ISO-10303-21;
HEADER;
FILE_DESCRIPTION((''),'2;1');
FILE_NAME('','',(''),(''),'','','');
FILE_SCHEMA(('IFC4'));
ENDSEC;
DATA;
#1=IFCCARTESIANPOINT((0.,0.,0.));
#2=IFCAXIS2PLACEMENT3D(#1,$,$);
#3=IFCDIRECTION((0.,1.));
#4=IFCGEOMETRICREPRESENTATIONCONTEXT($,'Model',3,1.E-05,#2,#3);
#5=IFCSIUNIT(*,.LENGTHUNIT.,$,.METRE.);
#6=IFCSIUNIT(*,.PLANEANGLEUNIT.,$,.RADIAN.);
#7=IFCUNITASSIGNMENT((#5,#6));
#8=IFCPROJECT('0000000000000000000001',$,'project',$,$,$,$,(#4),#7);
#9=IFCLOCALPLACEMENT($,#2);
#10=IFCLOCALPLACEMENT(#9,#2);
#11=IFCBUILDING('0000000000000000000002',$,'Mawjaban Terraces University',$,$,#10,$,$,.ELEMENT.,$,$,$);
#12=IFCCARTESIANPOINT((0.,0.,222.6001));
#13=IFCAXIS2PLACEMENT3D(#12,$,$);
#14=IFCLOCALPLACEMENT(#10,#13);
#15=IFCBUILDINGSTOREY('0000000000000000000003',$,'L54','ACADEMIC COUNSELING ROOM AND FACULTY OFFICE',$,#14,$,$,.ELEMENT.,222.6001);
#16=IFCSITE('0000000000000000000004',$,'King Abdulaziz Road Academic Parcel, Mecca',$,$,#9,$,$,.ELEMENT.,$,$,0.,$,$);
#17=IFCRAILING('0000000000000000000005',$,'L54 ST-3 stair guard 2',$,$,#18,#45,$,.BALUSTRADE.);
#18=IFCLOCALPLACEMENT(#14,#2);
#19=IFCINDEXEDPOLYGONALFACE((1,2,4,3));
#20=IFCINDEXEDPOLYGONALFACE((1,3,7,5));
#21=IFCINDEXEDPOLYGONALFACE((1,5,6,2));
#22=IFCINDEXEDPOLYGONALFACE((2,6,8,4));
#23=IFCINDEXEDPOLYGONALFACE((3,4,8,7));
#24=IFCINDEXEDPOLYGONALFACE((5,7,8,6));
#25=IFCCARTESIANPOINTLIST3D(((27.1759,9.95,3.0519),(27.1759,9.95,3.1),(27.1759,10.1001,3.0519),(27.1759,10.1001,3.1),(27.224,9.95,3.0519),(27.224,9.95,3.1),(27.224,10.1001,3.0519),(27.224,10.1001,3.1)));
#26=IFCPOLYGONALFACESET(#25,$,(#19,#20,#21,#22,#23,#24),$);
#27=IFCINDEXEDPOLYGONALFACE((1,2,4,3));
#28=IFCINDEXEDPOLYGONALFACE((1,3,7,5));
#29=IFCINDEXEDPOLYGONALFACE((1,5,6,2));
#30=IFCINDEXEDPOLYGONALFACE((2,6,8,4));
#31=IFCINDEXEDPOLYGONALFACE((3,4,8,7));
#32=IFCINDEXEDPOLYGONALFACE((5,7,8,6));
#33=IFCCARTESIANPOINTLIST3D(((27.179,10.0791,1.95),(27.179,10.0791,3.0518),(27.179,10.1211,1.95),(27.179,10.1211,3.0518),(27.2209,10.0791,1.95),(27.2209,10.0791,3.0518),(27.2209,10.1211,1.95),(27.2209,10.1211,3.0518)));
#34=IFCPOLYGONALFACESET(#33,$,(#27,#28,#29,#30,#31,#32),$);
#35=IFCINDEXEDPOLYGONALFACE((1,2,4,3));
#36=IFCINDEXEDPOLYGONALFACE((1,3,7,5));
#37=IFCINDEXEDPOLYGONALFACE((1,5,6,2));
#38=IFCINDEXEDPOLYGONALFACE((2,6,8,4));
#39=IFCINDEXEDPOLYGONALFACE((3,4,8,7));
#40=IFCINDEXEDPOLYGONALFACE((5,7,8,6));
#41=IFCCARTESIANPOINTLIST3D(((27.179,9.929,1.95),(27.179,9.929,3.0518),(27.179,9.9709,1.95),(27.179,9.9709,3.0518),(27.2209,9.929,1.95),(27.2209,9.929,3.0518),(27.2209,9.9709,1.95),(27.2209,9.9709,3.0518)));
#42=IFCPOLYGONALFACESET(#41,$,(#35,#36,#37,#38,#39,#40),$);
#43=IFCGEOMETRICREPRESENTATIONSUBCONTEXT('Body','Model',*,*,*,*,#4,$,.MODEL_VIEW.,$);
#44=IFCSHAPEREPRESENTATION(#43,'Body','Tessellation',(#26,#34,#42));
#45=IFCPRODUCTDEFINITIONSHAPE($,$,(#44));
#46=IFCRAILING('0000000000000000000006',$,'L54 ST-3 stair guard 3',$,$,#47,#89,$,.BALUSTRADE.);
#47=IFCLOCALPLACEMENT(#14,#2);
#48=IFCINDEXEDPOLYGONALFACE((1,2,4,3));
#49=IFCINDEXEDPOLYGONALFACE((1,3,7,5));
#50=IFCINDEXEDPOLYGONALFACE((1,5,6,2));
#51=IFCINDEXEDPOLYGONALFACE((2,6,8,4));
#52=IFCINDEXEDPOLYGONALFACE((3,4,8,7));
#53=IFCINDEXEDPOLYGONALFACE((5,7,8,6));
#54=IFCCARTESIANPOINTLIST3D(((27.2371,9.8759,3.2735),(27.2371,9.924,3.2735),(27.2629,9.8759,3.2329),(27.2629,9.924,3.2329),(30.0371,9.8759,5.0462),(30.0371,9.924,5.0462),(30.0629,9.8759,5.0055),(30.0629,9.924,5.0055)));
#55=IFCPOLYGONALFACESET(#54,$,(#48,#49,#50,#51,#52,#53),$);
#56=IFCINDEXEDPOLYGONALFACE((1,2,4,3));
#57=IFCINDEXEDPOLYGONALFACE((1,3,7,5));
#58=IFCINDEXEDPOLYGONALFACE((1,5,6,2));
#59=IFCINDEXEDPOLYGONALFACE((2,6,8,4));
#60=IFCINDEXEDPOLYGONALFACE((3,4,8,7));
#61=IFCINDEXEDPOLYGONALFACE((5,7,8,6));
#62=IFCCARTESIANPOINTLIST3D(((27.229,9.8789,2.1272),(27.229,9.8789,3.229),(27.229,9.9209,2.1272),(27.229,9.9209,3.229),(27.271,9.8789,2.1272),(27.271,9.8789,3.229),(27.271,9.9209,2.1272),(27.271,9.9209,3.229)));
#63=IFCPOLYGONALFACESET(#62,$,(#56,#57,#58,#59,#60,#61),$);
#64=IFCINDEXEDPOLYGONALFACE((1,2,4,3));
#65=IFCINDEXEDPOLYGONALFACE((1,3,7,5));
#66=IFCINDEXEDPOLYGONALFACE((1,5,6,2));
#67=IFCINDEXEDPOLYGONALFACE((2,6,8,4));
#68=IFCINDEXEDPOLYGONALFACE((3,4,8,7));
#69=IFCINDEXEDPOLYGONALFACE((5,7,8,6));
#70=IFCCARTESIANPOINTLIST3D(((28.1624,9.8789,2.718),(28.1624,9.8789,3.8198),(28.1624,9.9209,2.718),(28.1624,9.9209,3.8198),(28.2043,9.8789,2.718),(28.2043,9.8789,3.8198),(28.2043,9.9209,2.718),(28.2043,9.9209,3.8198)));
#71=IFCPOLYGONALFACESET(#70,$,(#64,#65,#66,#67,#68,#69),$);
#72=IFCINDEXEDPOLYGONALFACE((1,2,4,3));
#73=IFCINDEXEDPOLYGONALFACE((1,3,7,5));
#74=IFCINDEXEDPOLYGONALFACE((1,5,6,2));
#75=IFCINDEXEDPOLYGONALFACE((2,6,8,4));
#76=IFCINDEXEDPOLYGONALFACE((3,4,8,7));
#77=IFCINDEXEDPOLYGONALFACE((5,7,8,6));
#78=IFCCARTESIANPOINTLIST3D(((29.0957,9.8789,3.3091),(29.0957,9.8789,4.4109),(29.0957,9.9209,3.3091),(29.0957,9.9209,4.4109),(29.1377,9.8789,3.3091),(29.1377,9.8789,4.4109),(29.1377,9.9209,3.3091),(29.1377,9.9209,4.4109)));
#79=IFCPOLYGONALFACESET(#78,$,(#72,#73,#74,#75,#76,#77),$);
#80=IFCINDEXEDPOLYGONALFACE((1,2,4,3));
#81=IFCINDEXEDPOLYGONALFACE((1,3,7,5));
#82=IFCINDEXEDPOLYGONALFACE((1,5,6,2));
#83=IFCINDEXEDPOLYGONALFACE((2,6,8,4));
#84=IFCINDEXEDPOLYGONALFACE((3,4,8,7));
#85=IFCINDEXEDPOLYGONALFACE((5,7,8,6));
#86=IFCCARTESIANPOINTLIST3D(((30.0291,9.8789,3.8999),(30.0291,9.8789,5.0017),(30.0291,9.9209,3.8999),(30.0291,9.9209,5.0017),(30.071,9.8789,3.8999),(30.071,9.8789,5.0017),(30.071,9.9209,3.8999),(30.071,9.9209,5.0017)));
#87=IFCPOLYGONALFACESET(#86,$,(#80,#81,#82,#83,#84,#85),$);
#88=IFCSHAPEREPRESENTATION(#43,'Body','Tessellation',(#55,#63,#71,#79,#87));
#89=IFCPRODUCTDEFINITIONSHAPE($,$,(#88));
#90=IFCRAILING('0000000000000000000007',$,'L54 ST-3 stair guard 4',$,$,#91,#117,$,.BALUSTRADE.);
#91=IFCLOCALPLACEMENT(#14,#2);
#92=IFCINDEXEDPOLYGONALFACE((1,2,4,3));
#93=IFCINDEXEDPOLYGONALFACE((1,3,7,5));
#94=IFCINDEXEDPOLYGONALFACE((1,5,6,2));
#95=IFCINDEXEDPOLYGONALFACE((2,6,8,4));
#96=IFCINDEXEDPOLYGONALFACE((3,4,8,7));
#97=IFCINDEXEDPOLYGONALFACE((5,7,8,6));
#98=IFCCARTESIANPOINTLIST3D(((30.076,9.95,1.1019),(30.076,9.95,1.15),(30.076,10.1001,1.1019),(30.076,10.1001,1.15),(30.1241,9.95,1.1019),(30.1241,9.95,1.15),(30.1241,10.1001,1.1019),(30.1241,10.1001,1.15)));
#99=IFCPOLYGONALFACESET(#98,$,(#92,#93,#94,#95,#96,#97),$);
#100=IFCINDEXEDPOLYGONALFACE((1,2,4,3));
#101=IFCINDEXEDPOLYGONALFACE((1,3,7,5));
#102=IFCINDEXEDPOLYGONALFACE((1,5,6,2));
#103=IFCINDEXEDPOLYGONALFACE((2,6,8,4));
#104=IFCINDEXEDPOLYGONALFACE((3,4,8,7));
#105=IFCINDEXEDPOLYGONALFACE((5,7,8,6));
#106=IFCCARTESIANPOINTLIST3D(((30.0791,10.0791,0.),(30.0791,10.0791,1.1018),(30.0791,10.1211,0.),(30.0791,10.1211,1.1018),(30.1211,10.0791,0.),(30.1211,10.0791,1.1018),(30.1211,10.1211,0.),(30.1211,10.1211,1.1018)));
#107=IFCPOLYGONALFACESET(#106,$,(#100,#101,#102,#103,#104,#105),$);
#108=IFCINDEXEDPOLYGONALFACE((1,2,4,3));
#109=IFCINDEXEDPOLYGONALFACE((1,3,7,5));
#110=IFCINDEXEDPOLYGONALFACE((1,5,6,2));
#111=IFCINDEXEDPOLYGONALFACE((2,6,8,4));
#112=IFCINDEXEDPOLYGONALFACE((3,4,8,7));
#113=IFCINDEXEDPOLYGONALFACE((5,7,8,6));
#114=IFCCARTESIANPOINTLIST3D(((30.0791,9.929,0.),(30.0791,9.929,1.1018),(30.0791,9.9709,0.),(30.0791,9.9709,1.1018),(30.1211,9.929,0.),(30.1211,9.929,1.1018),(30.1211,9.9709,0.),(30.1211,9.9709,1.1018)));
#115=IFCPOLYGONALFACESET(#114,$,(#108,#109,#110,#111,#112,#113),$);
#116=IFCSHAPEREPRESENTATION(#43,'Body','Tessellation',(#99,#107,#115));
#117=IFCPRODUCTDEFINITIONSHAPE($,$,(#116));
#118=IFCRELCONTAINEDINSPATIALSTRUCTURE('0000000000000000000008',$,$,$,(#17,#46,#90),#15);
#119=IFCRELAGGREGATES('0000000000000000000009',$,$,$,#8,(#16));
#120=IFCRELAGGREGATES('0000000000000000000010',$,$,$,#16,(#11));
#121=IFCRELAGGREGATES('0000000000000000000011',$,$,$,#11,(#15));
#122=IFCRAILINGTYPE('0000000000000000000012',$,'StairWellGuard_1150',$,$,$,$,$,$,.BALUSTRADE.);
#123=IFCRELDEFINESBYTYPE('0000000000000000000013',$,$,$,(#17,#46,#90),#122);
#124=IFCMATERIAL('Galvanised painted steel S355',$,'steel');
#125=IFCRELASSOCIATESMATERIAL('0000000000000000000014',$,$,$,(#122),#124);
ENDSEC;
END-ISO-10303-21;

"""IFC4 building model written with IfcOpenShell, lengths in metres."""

from ifc_helpers import new_model, si_unit, direction, frame, origin, origin_2d, place, context, subcontext, project, spatial, rectangle, extrude, material, type_object, element, save


model = new_model("IFC4")

# Units and contexts
model_context = context("Model", 3, precision=1e-05, world=origin(), true_north=direction((0.0, 1.0)))
body_context = subcontext(model_context, "Body", "Model", "MODEL_VIEW")
ifc_project = project(units=[si_unit("LENGTHUNIT", "METRE"), si_unit("PLANEANGLEUNIT", "RADIAN")], contexts=[model_context])

# Site, building, storey
site_placement = place(None, origin())
site = spatial("IfcSite", under=ifc_project, at=site_placement, Name="King Abdulaziz Road Academic Parcel, Mecca", CompositionType="ELEMENT", RefElevation=0.0)
building_placement = place(site_placement, origin())
building = spatial("IfcBuilding", under=site, at=building_placement, Name="Mawjaban Terraces University", CompositionType="ELEMENT")
storey_placement = place(building_placement, frame((0.0, 0.0, 222.6001)))
storey = spatial("IfcBuildingStorey", under=building, at=storey_placement, Name="L54", Description="ACADEMIC COUNSELING ROOM AND FACULTY OFFICE", CompositionType="ELEMENT", Elevation=222.6001)

# Railings
ifc_material_1 = material(Name="Galvanised painted steel S355", Category="steel")
railing_type_1 = type_object("IfcRailingType", Name="StairWellGuard_1150", PredefinedType="BALUSTRADE", material=ifc_material_1)
railing_1_placement = place(storey_placement, frame((27.2, 10.1001, 1.95)))
element("IfcRailing", 1, at=railing_1_placement, inside=storey, type_object=railing_type_1, Name="L54 ST-3 stair guard 2", PredefinedType="BALUSTRADE", context=body_context, shape_type="SweptSolid", body=[
    extrude(rectangle(XDim=0.0481, YDim=0.0481, at=origin_2d()), frame((0.0, 0.0, 1.126), z_axis=(0.0, -1.0, 0.0), x_axis=(1.0, 0.0, 0.0)), (0.0, 0.0, 1.0), 0.1501),
    extrude(rectangle(XDim=0.042, YDim=0.042, at=origin_2d()), origin(), (0.0, 0.0, 1.0), 1.1018),
    extrude(rectangle(XDim=0.042, YDim=0.042, at=origin_2d()), frame((0.0, -0.1501, 0.0)), (0.0, 0.0, 1.0), 1.1018),
])
railing_2_placement = place(storey_placement, frame((27.25, 9.8999, 2.1272)))
element("IfcRailing", 2, at=railing_2_placement, inside=storey, type_object=railing_type_1, Name="L54 ST-3 stair guard 3", PredefinedType="BALUSTRADE", context=body_context, shape_type="SweptSolid", body=[
    extrude(rectangle(XDim=0.0481, YDim=0.0481, at=origin_2d()), frame((0.0, 0.0, 1.126), z_axis=(0.844909, 0.0, 0.53491), x_axis=(0.0, 1.0, 0.0)), (0.0, 0.0, 1.0), 3.314),
    extrude(rectangle(XDim=0.042, YDim=0.042, at=origin_2d()), origin(), (0.0, 0.0, 1.0), 1.1018),
    extrude(rectangle(XDim=0.042, YDim=0.042, at=origin_2d()), frame((0.9333, 0.0, 0.5908)), (0.0, 0.0, 1.0), 1.1018),
    extrude(rectangle(XDim=0.042, YDim=0.042, at=origin_2d()), frame((1.8667, 0.0, 1.1819)), (0.0, 0.0, 1.0), 1.1018),
    extrude(rectangle(XDim=0.042, YDim=0.042, at=origin_2d()), frame((2.8, 0.0, 1.7727)), (0.0, 0.0, 1.0), 1.1018),
])
railing_3_placement = place(storey_placement, frame((30.1001, 10.1001, 0.0)))
element("IfcRailing", 3, at=railing_3_placement, inside=storey, type_object=railing_type_1, Name="L54 ST-3 stair guard 4", PredefinedType="BALUSTRADE", context=body_context, shape_type="SweptSolid", body=[
    extrude(rectangle(XDim=0.0481, YDim=0.0481, at=origin_2d()), frame((0.0, 0.0, 1.126), z_axis=(0.0, -1.0, 0.0), x_axis=(1.0, 0.0, 0.0)), (0.0, 0.0, 1.0), 0.1501),
    extrude(rectangle(XDim=0.042, YDim=0.042, at=origin_2d()), origin(), (0.0, 0.0, 1.0), 1.1018),
    extrude(rectangle(XDim=0.042, YDim=0.042, at=origin_2d()), frame((0.0, -0.1501, 0.0)), (0.0, 0.0, 1.0), 1.1018),
])

save(model, "model.ifc")
